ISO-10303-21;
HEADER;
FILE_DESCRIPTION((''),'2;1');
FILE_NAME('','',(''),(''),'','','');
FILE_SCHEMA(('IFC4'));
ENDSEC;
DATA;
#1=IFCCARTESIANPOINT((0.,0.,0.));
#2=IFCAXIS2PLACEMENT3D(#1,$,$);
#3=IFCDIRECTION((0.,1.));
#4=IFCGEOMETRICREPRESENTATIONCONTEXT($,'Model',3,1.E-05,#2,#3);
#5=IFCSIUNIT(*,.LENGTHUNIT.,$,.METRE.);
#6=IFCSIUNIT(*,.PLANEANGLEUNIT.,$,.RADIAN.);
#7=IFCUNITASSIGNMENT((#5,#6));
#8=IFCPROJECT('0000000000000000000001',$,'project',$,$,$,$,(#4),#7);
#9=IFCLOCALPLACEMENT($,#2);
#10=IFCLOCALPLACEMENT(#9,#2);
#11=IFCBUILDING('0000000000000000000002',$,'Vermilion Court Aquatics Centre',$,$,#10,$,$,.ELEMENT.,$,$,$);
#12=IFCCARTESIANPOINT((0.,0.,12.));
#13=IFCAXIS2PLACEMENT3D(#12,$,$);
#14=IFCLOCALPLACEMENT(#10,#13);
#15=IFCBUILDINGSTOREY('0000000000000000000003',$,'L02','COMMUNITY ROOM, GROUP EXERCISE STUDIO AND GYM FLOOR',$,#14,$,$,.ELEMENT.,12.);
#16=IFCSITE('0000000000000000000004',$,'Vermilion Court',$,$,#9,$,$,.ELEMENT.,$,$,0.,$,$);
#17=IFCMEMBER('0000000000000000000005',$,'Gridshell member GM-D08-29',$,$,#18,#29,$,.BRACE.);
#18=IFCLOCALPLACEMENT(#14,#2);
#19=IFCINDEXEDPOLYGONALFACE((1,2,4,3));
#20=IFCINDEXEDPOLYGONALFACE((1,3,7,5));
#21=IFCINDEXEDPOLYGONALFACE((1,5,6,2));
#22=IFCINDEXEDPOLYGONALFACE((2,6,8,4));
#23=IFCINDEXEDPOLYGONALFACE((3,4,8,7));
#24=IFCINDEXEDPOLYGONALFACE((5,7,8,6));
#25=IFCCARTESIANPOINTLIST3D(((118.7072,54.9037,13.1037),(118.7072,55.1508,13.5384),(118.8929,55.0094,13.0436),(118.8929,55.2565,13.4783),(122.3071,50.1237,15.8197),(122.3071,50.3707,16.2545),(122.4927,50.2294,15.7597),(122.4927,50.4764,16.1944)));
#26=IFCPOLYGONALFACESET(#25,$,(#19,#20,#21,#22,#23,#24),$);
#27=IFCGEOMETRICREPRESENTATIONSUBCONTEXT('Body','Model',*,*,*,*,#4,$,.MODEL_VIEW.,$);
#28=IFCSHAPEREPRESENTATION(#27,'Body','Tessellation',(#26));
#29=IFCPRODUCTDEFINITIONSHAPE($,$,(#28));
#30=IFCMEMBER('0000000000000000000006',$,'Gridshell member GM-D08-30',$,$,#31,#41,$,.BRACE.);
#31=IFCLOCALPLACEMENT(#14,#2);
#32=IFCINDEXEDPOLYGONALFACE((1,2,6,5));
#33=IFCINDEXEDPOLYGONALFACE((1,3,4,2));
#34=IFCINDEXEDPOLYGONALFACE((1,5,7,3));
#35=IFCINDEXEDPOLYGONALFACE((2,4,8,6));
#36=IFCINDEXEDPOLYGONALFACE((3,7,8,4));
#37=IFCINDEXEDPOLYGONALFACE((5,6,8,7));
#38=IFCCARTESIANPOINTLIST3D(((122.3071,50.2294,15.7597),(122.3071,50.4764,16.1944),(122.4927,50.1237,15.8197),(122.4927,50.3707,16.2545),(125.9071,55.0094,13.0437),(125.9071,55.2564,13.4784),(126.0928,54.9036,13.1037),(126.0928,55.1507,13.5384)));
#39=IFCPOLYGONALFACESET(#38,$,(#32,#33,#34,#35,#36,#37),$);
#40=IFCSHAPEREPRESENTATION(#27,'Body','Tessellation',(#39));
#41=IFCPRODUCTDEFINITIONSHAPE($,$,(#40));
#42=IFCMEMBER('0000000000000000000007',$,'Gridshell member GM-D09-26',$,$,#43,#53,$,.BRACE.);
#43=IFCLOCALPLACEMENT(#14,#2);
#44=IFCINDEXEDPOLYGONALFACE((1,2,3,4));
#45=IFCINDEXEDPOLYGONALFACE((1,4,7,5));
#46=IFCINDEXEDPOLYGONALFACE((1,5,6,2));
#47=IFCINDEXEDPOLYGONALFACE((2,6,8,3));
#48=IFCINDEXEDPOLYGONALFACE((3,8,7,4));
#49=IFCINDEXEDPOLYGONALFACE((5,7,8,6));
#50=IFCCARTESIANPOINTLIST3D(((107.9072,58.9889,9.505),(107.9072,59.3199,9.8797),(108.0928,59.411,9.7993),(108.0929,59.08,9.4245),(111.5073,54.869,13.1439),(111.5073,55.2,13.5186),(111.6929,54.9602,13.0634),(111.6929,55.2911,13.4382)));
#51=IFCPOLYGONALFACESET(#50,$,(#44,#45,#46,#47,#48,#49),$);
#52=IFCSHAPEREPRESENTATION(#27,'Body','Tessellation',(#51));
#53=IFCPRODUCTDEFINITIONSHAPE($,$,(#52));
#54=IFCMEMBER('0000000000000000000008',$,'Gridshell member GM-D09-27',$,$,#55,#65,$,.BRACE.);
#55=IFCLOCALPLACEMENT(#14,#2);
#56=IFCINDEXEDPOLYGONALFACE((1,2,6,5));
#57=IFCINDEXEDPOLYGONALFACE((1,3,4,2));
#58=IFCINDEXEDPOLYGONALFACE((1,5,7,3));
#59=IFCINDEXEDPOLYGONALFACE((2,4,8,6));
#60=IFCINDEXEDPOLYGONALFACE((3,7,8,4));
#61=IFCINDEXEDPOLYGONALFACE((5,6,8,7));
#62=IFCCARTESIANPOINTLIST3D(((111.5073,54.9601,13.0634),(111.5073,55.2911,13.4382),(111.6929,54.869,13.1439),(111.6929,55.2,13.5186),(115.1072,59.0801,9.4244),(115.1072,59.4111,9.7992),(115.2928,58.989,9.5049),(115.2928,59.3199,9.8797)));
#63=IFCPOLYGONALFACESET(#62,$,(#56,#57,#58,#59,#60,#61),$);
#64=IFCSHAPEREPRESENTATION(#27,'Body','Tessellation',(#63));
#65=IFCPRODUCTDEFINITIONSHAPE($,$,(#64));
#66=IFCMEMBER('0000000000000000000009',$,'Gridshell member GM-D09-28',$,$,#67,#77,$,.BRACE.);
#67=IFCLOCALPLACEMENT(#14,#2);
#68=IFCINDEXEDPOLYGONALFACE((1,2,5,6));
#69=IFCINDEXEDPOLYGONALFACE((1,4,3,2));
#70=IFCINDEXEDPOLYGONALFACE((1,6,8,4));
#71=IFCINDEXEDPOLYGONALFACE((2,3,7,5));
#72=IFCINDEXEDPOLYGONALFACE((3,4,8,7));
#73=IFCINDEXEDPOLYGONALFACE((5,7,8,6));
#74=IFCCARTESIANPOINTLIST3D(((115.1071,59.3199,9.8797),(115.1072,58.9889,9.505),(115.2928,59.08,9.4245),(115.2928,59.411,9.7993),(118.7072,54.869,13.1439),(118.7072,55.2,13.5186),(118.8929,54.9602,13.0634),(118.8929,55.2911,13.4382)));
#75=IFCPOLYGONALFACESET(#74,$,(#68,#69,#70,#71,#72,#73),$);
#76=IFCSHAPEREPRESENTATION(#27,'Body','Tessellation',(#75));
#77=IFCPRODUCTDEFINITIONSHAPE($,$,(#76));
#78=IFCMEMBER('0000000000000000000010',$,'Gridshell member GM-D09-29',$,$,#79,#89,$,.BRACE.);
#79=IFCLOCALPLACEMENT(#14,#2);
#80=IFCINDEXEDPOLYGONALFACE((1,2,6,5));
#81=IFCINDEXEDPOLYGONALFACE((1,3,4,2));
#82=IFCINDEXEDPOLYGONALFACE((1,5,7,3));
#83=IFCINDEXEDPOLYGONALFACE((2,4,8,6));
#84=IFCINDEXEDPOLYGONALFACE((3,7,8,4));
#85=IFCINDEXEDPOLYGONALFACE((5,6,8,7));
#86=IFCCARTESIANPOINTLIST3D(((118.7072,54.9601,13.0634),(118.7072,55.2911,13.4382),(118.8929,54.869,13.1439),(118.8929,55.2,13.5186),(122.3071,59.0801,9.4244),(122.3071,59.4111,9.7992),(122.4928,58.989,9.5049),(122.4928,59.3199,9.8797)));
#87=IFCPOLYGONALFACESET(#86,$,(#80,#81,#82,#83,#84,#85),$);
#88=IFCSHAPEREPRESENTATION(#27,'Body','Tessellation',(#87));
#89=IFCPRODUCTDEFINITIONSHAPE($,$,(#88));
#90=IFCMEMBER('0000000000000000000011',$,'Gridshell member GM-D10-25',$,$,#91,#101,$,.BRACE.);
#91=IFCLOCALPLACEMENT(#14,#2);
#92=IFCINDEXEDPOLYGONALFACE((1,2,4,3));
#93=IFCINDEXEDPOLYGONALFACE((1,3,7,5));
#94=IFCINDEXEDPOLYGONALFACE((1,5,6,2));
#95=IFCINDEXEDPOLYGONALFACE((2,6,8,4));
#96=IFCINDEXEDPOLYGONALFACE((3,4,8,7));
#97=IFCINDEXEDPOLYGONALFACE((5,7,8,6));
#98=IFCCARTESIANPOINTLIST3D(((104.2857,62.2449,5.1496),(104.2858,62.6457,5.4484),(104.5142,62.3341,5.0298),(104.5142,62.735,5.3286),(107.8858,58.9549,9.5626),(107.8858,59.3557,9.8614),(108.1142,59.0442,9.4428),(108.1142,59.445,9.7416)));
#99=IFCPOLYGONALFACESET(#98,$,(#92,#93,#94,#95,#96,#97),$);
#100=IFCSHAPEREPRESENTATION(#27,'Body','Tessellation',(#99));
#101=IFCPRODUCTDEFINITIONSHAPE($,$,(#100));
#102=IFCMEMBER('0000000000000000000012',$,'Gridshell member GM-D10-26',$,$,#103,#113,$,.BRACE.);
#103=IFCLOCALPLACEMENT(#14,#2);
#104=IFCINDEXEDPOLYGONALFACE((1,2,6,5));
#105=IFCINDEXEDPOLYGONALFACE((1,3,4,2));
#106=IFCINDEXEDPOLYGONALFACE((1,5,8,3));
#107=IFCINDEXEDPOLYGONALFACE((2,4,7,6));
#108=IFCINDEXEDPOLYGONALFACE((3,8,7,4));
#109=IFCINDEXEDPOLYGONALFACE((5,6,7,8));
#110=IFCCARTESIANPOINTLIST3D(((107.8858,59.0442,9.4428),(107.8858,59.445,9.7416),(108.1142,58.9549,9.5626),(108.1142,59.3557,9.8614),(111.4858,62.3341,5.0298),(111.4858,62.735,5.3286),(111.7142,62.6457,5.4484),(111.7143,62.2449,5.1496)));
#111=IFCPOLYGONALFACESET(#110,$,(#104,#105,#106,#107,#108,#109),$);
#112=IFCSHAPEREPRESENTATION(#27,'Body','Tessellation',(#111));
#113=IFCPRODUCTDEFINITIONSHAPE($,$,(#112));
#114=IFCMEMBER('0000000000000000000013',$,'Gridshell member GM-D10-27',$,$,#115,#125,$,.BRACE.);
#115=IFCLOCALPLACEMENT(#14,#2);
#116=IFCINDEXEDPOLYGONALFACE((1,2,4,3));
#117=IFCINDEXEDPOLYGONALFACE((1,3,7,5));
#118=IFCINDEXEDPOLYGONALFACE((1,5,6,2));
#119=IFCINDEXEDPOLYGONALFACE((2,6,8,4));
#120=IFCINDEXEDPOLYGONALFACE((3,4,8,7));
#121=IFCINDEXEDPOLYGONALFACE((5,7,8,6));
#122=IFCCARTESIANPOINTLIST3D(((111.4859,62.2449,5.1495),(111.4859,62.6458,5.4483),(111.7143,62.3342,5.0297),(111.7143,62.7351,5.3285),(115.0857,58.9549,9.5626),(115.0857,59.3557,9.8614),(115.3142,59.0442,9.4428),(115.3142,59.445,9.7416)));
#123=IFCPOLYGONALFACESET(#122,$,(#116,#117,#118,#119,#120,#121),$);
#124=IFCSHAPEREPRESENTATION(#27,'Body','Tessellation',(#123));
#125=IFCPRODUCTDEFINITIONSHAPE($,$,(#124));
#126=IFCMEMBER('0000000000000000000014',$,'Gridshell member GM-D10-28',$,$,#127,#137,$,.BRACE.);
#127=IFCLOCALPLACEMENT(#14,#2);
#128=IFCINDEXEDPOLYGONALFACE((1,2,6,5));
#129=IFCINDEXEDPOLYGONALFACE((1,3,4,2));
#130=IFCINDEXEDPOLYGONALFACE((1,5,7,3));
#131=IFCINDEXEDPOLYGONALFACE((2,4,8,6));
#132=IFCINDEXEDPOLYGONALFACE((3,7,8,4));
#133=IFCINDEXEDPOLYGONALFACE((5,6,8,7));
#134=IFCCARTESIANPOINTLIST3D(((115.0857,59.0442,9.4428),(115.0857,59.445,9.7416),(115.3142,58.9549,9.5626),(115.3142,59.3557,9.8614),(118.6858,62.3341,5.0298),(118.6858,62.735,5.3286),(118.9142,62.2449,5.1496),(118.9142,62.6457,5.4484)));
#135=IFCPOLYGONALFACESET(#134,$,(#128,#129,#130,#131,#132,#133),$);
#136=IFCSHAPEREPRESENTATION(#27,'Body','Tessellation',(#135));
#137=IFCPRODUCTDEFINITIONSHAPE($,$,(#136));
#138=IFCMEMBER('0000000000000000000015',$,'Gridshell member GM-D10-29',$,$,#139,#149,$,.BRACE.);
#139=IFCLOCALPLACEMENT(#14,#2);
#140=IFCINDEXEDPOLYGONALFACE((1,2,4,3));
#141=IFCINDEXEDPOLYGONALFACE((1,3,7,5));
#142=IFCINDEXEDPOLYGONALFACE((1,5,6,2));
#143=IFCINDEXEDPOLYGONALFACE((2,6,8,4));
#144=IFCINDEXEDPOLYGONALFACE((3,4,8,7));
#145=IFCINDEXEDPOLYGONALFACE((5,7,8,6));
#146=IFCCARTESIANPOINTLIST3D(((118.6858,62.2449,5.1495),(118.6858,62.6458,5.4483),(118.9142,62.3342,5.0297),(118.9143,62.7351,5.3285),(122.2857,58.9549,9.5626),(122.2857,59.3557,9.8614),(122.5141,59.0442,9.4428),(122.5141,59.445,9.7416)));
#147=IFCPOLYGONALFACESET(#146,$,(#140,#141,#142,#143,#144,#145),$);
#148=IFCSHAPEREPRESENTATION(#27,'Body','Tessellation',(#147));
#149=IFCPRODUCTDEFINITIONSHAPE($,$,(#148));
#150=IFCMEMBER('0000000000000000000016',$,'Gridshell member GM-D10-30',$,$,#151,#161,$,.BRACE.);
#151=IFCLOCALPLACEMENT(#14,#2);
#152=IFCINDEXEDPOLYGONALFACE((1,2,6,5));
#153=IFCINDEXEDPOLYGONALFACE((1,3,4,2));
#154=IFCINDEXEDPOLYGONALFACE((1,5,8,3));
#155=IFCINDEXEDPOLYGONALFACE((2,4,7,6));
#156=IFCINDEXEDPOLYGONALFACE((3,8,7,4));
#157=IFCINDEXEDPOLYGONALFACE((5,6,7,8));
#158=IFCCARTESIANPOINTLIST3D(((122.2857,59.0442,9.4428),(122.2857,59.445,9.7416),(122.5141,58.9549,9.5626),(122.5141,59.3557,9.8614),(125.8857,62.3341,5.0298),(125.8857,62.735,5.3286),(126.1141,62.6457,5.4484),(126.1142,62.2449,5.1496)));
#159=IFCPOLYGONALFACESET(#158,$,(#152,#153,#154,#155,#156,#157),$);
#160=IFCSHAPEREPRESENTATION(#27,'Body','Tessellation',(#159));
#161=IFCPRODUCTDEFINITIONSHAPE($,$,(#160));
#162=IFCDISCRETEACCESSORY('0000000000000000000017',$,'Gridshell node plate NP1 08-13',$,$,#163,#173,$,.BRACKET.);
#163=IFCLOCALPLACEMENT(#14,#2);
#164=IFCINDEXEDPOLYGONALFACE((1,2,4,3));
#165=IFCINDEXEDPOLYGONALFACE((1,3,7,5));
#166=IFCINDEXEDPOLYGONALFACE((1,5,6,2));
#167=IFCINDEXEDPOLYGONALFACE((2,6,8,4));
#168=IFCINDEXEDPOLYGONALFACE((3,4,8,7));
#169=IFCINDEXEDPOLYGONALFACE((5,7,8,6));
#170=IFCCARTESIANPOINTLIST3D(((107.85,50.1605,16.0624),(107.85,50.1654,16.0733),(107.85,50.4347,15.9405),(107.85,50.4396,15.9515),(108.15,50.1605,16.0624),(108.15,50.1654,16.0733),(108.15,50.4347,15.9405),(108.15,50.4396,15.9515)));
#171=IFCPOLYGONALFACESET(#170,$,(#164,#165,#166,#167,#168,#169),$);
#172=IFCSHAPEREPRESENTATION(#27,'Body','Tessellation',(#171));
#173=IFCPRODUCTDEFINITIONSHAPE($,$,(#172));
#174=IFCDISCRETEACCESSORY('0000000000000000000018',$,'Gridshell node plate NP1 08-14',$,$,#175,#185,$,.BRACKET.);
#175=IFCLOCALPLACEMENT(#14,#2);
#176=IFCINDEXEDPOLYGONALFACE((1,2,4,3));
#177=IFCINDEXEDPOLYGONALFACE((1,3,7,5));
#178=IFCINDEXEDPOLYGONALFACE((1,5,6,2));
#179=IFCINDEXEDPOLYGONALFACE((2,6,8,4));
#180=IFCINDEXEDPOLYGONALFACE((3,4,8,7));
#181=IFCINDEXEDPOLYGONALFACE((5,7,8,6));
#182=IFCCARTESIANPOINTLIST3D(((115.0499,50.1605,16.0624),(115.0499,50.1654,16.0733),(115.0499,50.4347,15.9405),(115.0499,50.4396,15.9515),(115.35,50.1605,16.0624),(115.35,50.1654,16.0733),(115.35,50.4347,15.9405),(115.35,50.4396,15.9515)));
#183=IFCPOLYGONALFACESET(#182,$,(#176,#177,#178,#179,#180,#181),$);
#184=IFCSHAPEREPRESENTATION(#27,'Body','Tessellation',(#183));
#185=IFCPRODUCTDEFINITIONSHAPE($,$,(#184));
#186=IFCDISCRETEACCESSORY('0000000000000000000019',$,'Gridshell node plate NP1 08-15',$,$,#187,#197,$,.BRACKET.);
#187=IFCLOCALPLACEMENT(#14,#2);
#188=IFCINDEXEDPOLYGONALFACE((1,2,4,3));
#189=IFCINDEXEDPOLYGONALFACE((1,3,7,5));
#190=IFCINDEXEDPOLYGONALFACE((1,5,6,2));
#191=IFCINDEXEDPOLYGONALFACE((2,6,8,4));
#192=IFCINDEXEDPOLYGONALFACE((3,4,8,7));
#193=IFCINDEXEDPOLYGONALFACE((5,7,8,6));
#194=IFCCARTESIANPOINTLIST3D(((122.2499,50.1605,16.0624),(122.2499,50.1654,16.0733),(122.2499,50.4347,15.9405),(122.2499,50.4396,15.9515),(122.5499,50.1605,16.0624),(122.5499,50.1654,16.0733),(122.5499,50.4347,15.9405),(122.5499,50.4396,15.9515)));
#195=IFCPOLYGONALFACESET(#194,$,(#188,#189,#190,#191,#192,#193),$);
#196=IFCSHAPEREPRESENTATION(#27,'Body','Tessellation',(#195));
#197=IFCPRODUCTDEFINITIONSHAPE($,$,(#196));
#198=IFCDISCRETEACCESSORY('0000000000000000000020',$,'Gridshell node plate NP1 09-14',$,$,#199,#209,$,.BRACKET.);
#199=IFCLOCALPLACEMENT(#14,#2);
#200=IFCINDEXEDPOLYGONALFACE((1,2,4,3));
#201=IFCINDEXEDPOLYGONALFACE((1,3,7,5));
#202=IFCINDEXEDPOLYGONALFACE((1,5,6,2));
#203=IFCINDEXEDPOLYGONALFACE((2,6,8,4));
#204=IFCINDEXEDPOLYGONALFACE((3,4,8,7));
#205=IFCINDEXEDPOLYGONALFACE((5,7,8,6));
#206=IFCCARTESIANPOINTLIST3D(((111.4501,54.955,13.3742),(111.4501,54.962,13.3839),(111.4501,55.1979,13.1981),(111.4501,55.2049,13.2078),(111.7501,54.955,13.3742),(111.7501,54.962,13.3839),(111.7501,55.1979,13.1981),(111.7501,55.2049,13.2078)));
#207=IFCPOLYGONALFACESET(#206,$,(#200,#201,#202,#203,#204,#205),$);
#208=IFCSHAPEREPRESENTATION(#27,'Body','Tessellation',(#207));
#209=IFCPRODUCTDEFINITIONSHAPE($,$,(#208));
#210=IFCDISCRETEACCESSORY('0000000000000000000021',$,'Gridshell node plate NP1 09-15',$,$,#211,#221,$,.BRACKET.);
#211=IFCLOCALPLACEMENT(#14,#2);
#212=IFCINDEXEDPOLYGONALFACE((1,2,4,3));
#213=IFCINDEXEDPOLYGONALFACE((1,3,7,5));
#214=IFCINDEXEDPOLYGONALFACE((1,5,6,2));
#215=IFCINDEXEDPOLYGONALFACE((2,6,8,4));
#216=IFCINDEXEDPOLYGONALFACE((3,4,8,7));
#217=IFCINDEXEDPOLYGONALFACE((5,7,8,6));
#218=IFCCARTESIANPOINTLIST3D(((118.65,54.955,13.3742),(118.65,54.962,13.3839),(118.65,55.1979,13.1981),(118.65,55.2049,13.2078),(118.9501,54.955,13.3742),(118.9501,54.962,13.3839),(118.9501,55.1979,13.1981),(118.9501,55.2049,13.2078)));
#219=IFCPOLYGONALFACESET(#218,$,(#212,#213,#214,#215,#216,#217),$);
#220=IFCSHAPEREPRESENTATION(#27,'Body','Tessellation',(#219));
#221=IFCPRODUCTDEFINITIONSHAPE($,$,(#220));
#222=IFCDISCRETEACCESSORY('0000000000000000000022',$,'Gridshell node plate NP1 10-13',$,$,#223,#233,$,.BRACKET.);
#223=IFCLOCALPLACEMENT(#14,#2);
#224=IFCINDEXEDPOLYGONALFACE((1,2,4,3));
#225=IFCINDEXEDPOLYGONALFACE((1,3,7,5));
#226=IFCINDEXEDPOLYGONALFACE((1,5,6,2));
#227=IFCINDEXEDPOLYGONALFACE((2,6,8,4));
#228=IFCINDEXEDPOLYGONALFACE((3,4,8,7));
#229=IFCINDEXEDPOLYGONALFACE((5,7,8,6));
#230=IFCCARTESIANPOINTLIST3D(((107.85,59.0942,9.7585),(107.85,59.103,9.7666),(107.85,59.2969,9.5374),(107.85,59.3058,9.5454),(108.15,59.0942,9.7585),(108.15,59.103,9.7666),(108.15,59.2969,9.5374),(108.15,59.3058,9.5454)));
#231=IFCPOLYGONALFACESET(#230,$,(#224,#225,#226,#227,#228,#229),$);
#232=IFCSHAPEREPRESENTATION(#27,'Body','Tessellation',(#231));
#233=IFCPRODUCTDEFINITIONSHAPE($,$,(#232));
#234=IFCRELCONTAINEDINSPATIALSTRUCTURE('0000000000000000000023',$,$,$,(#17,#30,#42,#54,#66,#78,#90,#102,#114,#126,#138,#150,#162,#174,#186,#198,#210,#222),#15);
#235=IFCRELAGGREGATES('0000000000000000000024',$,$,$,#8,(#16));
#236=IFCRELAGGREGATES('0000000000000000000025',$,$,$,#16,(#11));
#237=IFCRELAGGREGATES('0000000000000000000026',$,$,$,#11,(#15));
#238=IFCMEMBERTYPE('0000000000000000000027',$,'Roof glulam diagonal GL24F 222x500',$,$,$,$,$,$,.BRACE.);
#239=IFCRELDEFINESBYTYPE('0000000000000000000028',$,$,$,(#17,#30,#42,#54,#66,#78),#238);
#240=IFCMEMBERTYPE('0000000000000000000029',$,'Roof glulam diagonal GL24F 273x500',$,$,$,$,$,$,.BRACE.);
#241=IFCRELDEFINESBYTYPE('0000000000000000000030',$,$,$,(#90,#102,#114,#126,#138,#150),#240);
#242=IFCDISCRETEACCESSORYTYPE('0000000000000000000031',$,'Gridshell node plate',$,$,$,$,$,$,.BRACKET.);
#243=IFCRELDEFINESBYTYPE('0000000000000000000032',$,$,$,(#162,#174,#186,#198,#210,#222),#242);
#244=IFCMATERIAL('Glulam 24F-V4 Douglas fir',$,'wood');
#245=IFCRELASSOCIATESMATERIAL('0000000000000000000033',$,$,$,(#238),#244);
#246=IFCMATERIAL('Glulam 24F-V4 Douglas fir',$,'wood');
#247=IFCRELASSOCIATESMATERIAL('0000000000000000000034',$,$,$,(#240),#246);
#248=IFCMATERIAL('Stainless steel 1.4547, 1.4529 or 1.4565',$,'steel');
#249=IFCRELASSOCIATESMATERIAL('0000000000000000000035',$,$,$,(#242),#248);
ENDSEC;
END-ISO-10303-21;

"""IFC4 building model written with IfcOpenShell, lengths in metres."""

from ifc_helpers import new_model, si_unit, direction, frame, origin, origin_2d, place, context, subcontext, project, spatial, rectangle, extrude, material, material_profile, profile_set, type_object, element, save


model = new_model("IFC4")

# Units and contexts
model_context = context("Model", 3, precision=1e-05, world=origin(), true_north=direction((0.0, 1.0)))
body_context = subcontext(model_context, "Body", "Model", "MODEL_VIEW")
ifc_project = project(units=[si_unit("LENGTHUNIT", "METRE"), si_unit("PLANEANGLEUNIT", "RADIAN")], contexts=[model_context])

# Site, building, storey
site_placement = place(None, origin())
site = spatial("IfcSite", under=ifc_project, at=site_placement, Name="Vermilion Court", CompositionType="ELEMENT", RefElevation=0.0)
building_placement = place(site_placement, origin())
building = spatial("IfcBuilding", under=site, at=building_placement, Name="Vermilion Court Aquatics Centre", CompositionType="ELEMENT")
storey_placement = place(building_placement, frame((0.0, 0.0, 12.0)))
storey = spatial("IfcBuildingStorey", under=building, at=storey_placement, Name="L02", Description="COMMUNITY ROOM, GROUP EXERCISE STUDIO AND GYM FLOOR", CompositionType="ELEMENT", Elevation=12.0)

# Members
ifc_material_1 = material(Name="Glulam 24F-V4 Douglas fir", Category="wood")
ifc_material_profile_1 = material_profile(ifc_material_1, rectangle(XDim=0.2219, YDim=0.5, at=origin_2d()), Name="GL24F 222x500")
ifc_profile_set_1 = profile_set([ifc_material_profile_1], Name="Glulam 24F-V4 Douglas fir")
member_type_1 = type_object("IfcMemberType", Name="Roof glulam diagonal GL24F 222x500", PredefinedType="BRACE", material=ifc_profile_set_1)
for number, where, z_axis, x_axis, name in (
    (1, (122.3999, 50.3, 16.0071), (-0.547798, 0.727388, -0.41331), (-0.836611, -0.476285, 0.27062), "Gridshell member GM-D08-29"),
    (2, (122.3999, 50.3, 16.0071), (0.547824, 0.727373, -0.413301), (-0.836594, 0.476314, -0.270621), "Gridshell member GM-D08-30"),
):
    element("IfcMember", number, at=place(storey_placement, frame(where, z_axis=z_axis, x_axis=x_axis)), inside=storey, type_object=member_type_1, Name=name, PredefinedType="BRACE", context=body_context, shape_type="SweptSolid", body=[
        extrude(rectangle(XDim=0.2219, YDim=0.5, at=origin_2d()), origin(), (0.0, 0.0, 1.0), 6.5715),
    ])
for number, where, z_axis, x_axis, name in (
    (3, (111.6001, 55.0801, 13.291), (-0.547891, 0.626995, -0.553799), (-0.83655, -0.410685, 0.362661), "Gridshell member GM-D09-26"),
    (4, (111.6001, 55.0801, 13.291), (0.547865, 0.627007, -0.55381), (-0.836567, 0.410653, -0.362657), "Gridshell member GM-D09-27"),
    (5, (118.8, 55.0801, 13.291), (-0.547891, 0.626995, -0.553799), (-0.83655, -0.410685, 0.362661), "Gridshell member GM-D09-28"),
    (6, (118.8, 55.0801, 13.291), (0.547865, 0.627007, -0.55381), (-0.836567, 0.410653, -0.362657), "Gridshell member GM-D09-29"),
):
    element("IfcMember", number, at=place(storey_placement, frame(where, z_axis=z_axis, x_axis=x_axis)), inside=storey, type_object=member_type_1, Name=name, PredefinedType="BRACE", context=body_context, shape_type="SweptSolid", body=[
        extrude(rectangle(XDim=0.2219, YDim=0.5, at=origin_2d()), origin(), (0.0, 0.0, 1.0), 6.5708),
    ])
ifc_material_2 = material(Name="Glulam 24F-V4 Douglas fir", Category="wood")
ifc_material_profile_2 = material_profile(ifc_material_2, rectangle(XDim=0.2729, YDim=0.5, at=origin_2d()), Name="GL24F 273x500")
ifc_profile_set_2 = profile_set([ifc_material_profile_2], Name="Glulam 24F-V4 Douglas fir")
member_type_2 = type_object("IfcMemberType", Name="Roof glulam diagonal GL24F 273x500", PredefinedType="BRACE", material=ifc_profile_set_2)
for number, where, z_axis, x_axis, name in (
    (7, (108.0, 59.2, 9.6521), (-0.547355, 0.500214, -0.670961), (-0.836901, -0.327117, 0.438853), "Gridshell member GM-D10-25"),
    (8, (108.0, 59.2, 9.6521), (0.547355, 0.500214, -0.670961), (-0.836901, 0.327117, -0.438853), "Gridshell member GM-D10-26"),
    (9, (115.2, 59.2, 9.6521), (-0.547329, 0.500224, -0.670974), (-0.836918, -0.327083, 0.438846), "Gridshell member GM-D10-27"),
    (10, (115.2, 59.2, 9.6521), (0.547355, 0.500214, -0.670961), (-0.836901, 0.327117, -0.438853), "Gridshell member GM-D10-28"),
    (11, (122.3999, 59.2, 9.6521), (-0.547329, 0.500224, -0.670974), (-0.836918, -0.327083, 0.438846), "Gridshell member GM-D10-29"),
    (12, (122.3999, 59.2, 9.6521), (0.547355, 0.500214, -0.670961), (-0.836901, 0.327117, -0.438853), "Gridshell member GM-D10-30"),
):
    element("IfcMember", number, at=place(storey_placement, frame(where, z_axis=z_axis, x_axis=x_axis)), inside=storey, type_object=member_type_2, Name=name, PredefinedType="BRACE", context=body_context, shape_type="SweptSolid", body=[
        extrude(rectangle(XDim=0.2729, YDim=0.5, at=origin_2d()), origin(), (0.0, 0.0, 1.0), 6.5771),
    ])

# Discrete accessories
ifc_material_3 = material(Name="Stainless steel 1.4547, 1.4529 or 1.4565", Category="steel")
ifc_material_profile_3 = material_profile(ifc_material_3, rectangle(XDim=0.3, YDim=0.3, at=origin_2d()), Name="PL 12 x 300 x 300")
ifc_profile_set_3 = profile_set([ifc_material_profile_3], Name="Stainless steel 1.4547, 1.4529 or 1.4565")
discrete_accessory_type = type_object("IfcDiscreteAccessoryType", Name="Gridshell node plate", PredefinedType="BRACKET", material=ifc_profile_set_3)
for number, where, z_axis, x_axis, name in (
    (13, (108.0, 50.2976, 16.0015), (0.0, 0.406138, 0.913812), (-1.0, 0.0, 0.0), "Gridshell node plate NP1 08-13"),
    (14, (115.2, 50.2976, 16.0015), (0.0, 0.406138, 0.913812), (-1.0, 0.0, 0.0), "Gridshell node plate NP1 08-14"),
    (15, (122.3999, 50.2976, 16.0015), (0.0, 0.406138, 0.913812), (-1.0, 0.0, 0.0), "Gridshell node plate NP1 08-15"),
    (16, (111.6001, 55.0764, 13.2861), (0.0, 0.586968, 0.80961), (-1.0, 0.0, 0.0), "Gridshell node plate NP1 09-14"),
    (17, (118.8, 55.0764, 13.2861), (0.0, 0.586968, 0.80961), (-1.0, 0.0, 0.0), "Gridshell node plate NP1 09-15"),
    (18, (108.0, 59.1956, 9.6479), (0.0, 0.737154, 0.675725), (-1.0, 0.0, 0.0), "Gridshell node plate NP1 10-13"),
):
    element("IfcDiscreteAccessory", number, at=place(storey_placement, frame(where, z_axis=z_axis, x_axis=x_axis)), inside=storey, type_object=discrete_accessory_type, Name=name, PredefinedType="BRACKET", context=body_context, shape_type="SweptSolid", body=[
        extrude(rectangle(XDim=0.3, YDim=0.3, at=origin_2d()), origin(), (0.0, 0.0, 1.0), 0.012),
    ])

save(model, "model.ifc")
